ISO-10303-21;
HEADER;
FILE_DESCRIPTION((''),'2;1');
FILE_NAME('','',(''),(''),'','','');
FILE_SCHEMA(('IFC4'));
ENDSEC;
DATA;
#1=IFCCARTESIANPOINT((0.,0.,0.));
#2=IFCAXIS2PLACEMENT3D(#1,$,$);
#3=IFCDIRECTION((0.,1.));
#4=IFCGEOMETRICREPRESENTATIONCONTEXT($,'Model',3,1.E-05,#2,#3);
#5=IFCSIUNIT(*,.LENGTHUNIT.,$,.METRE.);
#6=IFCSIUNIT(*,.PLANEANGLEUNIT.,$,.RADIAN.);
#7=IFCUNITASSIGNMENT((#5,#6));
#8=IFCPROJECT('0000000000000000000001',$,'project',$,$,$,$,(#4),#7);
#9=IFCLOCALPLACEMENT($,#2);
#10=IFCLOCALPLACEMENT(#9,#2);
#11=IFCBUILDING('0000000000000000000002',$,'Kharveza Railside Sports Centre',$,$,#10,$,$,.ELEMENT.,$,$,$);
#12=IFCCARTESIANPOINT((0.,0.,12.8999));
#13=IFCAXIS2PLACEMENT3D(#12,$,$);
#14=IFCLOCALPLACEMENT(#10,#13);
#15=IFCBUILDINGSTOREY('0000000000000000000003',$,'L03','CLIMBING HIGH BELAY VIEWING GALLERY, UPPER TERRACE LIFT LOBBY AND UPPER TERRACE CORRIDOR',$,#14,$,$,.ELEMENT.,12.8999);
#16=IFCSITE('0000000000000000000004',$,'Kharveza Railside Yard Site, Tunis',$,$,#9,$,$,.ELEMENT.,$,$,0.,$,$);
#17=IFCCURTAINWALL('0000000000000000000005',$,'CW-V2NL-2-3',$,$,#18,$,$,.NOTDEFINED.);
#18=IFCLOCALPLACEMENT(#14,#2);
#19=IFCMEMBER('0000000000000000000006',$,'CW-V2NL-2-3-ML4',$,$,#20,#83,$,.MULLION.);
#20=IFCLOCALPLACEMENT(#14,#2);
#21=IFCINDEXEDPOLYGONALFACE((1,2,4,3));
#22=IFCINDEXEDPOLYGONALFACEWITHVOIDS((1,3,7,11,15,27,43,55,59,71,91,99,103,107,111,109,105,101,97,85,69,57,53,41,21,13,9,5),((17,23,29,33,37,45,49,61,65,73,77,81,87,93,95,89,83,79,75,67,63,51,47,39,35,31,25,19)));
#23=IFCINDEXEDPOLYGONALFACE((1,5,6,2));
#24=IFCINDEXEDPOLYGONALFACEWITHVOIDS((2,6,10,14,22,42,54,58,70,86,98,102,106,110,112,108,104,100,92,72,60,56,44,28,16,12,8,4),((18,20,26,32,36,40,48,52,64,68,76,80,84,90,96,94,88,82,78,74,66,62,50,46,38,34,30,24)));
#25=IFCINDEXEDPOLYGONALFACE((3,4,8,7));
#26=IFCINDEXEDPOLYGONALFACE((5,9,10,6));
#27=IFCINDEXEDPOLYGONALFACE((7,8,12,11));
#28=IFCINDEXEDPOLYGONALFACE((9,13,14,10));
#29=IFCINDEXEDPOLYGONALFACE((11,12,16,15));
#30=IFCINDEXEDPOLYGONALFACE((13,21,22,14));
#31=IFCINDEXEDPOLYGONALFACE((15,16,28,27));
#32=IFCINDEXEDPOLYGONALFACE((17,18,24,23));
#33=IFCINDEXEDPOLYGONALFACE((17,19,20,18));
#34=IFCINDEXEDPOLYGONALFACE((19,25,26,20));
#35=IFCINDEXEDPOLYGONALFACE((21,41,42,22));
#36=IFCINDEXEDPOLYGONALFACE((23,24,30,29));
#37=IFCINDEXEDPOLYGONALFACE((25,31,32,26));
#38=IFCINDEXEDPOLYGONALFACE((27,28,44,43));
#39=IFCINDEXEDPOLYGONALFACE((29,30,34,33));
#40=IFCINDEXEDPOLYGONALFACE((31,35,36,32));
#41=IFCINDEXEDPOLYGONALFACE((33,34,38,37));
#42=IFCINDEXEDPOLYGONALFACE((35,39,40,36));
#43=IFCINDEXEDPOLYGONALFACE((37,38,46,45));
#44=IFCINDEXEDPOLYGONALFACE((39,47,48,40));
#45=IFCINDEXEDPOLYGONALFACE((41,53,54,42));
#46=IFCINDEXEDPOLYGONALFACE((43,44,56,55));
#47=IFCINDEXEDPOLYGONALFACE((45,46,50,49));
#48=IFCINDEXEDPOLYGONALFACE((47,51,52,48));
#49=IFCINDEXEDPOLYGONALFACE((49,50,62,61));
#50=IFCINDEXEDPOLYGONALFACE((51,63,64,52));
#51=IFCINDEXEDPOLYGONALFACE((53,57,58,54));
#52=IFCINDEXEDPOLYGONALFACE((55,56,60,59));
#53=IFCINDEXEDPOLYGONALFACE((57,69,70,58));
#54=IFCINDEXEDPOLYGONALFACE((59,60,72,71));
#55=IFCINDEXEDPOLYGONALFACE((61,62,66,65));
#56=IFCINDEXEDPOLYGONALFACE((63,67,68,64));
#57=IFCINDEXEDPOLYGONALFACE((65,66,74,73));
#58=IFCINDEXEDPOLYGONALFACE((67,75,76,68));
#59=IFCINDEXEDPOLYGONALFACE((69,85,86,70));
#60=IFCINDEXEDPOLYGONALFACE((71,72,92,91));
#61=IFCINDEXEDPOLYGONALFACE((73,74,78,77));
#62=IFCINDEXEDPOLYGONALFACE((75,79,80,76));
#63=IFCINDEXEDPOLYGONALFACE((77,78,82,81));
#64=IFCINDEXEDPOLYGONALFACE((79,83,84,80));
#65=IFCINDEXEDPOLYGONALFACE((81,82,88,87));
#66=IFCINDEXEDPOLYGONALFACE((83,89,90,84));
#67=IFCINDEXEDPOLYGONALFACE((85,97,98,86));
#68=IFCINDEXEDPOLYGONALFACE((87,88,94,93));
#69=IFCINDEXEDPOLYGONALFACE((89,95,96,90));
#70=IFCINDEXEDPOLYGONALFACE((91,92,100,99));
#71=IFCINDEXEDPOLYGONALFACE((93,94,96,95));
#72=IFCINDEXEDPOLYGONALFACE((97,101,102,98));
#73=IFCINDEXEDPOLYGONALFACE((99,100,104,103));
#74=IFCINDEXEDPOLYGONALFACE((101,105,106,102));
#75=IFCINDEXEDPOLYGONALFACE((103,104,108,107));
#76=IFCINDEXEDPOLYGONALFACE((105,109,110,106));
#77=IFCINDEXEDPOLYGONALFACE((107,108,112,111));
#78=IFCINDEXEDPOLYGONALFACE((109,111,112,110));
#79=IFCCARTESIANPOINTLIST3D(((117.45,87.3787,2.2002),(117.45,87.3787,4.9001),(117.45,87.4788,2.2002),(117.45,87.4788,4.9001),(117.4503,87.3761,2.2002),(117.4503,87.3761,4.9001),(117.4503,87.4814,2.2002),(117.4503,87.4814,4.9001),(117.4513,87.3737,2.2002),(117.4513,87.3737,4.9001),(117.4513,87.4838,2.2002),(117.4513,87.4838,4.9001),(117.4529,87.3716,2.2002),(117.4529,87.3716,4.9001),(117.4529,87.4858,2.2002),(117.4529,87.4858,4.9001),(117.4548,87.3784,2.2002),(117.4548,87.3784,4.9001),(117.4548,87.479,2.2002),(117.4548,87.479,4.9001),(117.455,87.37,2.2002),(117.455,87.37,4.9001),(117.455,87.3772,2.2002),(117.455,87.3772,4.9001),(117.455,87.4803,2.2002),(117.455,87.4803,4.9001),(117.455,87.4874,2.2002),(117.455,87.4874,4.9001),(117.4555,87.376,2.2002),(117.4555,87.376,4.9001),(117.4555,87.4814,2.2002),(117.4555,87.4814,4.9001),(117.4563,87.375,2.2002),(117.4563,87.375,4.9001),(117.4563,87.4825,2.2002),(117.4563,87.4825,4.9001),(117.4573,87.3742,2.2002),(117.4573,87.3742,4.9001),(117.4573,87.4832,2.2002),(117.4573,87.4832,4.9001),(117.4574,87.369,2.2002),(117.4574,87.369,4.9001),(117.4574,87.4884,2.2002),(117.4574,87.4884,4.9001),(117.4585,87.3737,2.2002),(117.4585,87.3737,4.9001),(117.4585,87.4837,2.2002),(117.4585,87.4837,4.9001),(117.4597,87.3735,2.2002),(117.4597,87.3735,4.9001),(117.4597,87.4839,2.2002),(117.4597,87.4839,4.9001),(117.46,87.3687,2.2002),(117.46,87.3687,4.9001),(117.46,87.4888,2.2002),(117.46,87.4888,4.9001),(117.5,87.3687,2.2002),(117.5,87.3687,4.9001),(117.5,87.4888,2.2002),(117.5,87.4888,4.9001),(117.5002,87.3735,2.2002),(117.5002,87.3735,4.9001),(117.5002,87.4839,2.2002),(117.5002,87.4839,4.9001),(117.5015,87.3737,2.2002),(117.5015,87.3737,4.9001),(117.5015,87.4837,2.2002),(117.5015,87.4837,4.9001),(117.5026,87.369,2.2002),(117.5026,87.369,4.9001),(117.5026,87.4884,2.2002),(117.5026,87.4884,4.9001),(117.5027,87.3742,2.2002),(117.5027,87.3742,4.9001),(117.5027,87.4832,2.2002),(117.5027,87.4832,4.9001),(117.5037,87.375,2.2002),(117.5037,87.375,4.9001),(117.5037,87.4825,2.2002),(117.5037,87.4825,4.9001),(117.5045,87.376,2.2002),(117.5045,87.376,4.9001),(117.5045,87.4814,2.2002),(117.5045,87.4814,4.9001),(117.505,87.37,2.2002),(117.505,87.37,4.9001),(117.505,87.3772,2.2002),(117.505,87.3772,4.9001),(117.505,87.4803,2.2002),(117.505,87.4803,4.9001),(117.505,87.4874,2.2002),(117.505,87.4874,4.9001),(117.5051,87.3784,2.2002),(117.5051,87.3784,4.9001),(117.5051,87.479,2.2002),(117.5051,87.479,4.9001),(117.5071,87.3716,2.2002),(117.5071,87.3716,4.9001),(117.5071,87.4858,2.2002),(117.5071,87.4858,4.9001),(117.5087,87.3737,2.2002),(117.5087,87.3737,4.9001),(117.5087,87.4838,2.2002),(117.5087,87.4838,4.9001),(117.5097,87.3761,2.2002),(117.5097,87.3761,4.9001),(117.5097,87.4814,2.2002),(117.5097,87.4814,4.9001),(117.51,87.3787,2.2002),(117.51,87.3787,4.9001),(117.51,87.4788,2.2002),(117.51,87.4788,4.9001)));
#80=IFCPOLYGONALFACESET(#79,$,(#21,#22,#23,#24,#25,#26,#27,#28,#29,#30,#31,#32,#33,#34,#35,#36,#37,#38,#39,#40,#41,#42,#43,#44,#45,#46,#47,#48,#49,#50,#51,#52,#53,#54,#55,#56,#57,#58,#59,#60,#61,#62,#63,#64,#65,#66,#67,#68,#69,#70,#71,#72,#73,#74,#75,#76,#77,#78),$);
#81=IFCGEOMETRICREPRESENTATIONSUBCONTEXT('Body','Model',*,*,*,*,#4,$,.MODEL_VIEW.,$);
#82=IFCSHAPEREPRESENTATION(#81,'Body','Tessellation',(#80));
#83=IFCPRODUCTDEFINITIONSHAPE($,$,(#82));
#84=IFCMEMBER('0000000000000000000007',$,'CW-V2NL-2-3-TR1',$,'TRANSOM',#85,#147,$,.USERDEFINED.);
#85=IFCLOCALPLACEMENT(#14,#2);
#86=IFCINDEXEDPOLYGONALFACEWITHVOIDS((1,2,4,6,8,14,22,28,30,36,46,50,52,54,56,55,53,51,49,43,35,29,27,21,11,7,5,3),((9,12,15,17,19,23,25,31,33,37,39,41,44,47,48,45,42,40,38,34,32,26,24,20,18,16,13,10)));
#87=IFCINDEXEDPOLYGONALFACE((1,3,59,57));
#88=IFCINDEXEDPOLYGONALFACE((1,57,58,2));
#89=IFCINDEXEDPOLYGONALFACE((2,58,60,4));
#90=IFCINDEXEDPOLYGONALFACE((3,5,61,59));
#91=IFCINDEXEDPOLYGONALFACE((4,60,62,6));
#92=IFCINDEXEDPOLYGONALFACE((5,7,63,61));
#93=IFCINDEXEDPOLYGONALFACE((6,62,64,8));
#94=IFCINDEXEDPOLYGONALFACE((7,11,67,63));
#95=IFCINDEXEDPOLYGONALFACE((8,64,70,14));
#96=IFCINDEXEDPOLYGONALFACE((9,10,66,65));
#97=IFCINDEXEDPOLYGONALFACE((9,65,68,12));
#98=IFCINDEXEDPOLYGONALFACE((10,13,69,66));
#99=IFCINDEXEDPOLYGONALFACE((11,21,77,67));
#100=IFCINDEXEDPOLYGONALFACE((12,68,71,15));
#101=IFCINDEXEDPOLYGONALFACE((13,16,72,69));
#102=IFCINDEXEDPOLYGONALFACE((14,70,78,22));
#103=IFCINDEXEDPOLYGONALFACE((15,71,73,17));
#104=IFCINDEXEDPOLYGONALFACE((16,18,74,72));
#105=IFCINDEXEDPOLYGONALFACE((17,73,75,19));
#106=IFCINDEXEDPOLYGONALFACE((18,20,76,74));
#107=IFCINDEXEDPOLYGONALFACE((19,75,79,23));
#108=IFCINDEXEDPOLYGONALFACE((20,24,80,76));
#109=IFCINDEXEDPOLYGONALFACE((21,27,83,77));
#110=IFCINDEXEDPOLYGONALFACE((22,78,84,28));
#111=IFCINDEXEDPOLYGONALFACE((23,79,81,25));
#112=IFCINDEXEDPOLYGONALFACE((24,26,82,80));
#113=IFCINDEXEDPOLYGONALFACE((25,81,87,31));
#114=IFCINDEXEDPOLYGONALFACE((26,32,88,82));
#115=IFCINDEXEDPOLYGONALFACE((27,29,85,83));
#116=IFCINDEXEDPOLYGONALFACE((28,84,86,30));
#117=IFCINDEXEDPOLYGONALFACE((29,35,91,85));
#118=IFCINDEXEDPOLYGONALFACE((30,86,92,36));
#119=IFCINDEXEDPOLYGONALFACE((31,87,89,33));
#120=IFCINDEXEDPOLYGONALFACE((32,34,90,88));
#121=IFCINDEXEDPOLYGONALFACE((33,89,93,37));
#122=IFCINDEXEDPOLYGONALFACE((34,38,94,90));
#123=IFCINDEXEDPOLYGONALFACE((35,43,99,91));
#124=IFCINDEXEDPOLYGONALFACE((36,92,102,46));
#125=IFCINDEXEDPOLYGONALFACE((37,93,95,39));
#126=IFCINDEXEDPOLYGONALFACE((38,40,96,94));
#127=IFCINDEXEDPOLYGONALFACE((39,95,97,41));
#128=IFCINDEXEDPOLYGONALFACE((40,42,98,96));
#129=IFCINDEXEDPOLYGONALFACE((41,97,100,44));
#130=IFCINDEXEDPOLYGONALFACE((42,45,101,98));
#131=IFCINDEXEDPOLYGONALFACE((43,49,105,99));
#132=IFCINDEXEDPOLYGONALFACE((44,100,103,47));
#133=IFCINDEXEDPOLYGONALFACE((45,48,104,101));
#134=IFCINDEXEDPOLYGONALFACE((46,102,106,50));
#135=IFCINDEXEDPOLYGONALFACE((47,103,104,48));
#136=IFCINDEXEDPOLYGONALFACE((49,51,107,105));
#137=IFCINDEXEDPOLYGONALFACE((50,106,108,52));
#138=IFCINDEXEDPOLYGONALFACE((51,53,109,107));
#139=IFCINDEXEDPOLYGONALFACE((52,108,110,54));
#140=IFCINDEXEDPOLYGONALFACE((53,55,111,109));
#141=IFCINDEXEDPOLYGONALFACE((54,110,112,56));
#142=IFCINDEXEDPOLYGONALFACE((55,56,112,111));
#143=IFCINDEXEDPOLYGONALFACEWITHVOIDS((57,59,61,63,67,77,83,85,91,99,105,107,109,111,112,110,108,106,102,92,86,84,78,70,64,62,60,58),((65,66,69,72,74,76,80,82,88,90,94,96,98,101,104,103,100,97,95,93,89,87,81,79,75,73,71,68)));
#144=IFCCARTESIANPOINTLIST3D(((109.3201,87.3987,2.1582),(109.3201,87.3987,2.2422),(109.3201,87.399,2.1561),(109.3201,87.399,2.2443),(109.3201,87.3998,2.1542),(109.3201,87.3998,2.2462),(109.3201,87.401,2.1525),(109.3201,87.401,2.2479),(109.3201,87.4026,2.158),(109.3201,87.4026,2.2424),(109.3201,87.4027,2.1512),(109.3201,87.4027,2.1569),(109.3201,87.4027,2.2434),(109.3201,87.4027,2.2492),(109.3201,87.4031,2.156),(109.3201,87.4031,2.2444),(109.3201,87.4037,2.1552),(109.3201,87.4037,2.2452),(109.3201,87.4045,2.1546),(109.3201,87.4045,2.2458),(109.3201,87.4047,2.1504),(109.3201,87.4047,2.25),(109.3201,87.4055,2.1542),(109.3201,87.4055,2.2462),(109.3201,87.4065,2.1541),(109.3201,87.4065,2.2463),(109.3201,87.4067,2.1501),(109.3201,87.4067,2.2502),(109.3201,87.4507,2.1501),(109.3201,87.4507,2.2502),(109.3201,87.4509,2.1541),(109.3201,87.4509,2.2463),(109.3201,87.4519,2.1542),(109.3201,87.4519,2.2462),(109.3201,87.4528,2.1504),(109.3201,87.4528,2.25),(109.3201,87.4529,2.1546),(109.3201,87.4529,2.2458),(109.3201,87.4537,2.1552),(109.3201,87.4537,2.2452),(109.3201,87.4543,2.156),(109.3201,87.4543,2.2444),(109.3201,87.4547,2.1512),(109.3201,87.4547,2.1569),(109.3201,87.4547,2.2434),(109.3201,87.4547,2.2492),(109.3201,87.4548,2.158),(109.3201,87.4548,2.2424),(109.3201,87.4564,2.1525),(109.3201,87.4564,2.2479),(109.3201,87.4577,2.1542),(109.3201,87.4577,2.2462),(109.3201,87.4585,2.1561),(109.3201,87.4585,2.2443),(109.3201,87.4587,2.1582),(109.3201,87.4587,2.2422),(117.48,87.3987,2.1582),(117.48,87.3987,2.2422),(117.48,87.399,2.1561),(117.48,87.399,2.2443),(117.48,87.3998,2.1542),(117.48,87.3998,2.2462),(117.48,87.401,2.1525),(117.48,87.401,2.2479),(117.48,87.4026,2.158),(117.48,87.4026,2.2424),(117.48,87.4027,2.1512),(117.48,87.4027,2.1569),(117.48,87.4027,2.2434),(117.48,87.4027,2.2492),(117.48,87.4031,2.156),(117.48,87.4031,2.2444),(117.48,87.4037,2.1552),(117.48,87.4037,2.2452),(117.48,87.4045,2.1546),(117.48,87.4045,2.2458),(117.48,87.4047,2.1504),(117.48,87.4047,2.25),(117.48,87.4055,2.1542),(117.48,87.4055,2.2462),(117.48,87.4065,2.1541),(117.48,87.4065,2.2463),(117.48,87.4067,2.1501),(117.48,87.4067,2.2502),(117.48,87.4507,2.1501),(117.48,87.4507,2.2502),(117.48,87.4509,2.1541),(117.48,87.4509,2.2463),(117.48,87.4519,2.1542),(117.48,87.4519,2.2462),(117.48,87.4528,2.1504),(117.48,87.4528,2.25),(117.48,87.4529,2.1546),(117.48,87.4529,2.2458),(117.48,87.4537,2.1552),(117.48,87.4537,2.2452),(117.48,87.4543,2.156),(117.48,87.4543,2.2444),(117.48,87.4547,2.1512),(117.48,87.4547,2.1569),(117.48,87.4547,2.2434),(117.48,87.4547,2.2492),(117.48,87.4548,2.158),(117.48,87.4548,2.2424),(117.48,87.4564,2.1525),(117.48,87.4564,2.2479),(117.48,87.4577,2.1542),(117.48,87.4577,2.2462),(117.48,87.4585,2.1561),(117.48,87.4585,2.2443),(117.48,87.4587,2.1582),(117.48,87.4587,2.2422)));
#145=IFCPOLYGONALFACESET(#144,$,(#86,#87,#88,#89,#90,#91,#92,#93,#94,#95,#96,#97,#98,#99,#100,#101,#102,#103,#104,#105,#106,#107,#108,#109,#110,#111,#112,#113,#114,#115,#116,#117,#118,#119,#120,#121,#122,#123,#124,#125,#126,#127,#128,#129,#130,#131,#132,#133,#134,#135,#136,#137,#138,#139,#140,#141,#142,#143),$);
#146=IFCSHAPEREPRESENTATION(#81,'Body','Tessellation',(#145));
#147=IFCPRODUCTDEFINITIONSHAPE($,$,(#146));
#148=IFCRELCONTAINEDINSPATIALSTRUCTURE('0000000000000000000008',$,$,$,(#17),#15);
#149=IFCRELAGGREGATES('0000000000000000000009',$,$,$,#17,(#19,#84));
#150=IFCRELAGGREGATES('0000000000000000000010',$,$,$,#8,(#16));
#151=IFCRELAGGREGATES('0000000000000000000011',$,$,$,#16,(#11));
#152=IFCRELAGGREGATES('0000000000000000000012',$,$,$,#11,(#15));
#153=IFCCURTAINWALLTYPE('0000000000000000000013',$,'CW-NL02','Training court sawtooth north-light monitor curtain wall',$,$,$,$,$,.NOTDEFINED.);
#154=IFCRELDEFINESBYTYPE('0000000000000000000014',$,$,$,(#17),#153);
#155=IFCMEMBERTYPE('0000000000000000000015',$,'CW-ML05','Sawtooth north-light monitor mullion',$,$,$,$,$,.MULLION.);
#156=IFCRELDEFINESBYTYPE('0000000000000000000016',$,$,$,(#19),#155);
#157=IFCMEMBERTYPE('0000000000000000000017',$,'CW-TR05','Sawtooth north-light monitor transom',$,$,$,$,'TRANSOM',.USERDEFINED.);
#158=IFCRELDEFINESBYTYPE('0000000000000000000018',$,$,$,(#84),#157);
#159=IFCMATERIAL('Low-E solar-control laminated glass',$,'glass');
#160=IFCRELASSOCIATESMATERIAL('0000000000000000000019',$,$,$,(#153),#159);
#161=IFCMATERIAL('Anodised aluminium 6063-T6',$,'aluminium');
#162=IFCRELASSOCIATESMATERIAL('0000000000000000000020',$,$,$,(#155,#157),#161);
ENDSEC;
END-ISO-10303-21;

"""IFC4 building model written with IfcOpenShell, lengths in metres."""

from ifc_helpers import new_model, si_unit, direction, frame, origin, origin_2d, place, context, subcontext, project, spatial, hollow_rectangle, extrude, material, material_profile, profile_set, type_object, element, aggregate, save


model = new_model("IFC4")

# Units and contexts
model_context = context("Model", 3, precision=1e-05, world=origin(), true_north=direction((0.0, 1.0)))
body_context = subcontext(model_context, "Body", "Model", "MODEL_VIEW")
ifc_project = project(units=[si_unit("LENGTHUNIT", "METRE"), si_unit("PLANEANGLEUNIT", "RADIAN")], contexts=[model_context])

# Site, building, storey
site_placement = place(None, origin())
site = spatial("IfcSite", under=ifc_project, at=site_placement, Name="Kharveza Railside Yard Site, Tunis", CompositionType="ELEMENT", RefElevation=0.0)
building_placement = place(site_placement, origin())
building = spatial("IfcBuilding", under=site, at=building_placement, Name="Kharveza Railside Sports Centre", CompositionType="ELEMENT")
storey_placement = place(building_placement, frame((0.0, 0.0, 12.8999)))
storey = spatial("IfcBuildingStorey", under=building, at=storey_placement, Name="L03", Description="CLIMBING HIGH BELAY VIEWING GALLERY, UPPER TERRACE LIFT LOBBY AND UPPER TERRACE CORRIDOR", CompositionType="ELEMENT", Elevation=12.8999)

# Curtain wall, members
ifc_material_1 = material(Name="Low-E solar-control laminated glass", Category="glass")
curtain_wall_type = type_object("IfcCurtainWallType", Name="CW-NL02", Description="Training court sawtooth north-light monitor curtain wall", PredefinedType="NOTDEFINED", material=ifc_material_1)
curtain_wall_placement = place(storey_placement, origin())
curtain_wall = element("IfcCurtainWall", 1, at=curtain_wall_placement, inside=storey, type_object=curtain_wall_type, Name="CW-V2NL-2-3", PredefinedType="NOTDEFINED")
ifc_material_2 = material(Name="Anodised aluminium 6063-T6", Category="aluminium")
ifc_material_profile_1 = material_profile(ifc_material_2, hollow_rectangle(XDim=0.0601, YDim=0.1201, WallThickness=0.0049, InnerFilletRadius=0.0049, OuterFilletRadius=0.01, at=origin_2d()), Name="RHS 60x120x5.0")
ifc_profile_set_1 = profile_set([ifc_material_profile_1], Name="Anodised aluminium 6063-T6")
member_type_1 = type_object("IfcMemberType", Name="CW-ML05", Description="Sawtooth north-light monitor mullion", PredefinedType="MULLION", material=ifc_profile_set_1)
member_1_placement = place(storey_placement, frame((117.48, 87.4287, 2.2002), z_axis=(0.0, 0.0, 1.0), x_axis=(1.0, 0.0, 0.0)))
member_1 = element("IfcMember", 2, at=member_1_placement, type_object=member_type_1, Name="CW-V2NL-2-3-ML4", PredefinedType="MULLION", context=body_context, shape_type="SweptSolid", body=[
    extrude(hollow_rectangle(XDim=0.0601, YDim=0.1201, WallThickness=0.0049, InnerFilletRadius=0.0049, OuterFilletRadius=0.01, at=origin_2d()), origin(), (0.0, 0.0, 1.0), 2.7),
])
ifc_material_profile_2 = material_profile(ifc_material_2, hollow_rectangle(XDim=0.0601, YDim=0.1001, WallThickness=0.0039, InnerFilletRadius=0.0039, OuterFilletRadius=0.0081, at=origin_2d()), Name="RHS 60x100x4.0")
ifc_profile_set_2 = profile_set([ifc_material_profile_2], Name="Anodised aluminium 6063-T6")
member_type_2 = type_object("IfcMemberType", Name="CW-TR05", Description="Sawtooth north-light monitor transom", ElementType="TRANSOM", PredefinedType="USERDEFINED", material=ifc_profile_set_2)
member_2_placement = place(storey_placement, frame((109.3201, 87.4287, 2.2002), z_axis=(1.0, 0.0, 0.0), x_axis=(0.0, 1.0, 0.0)))
member_2 = element("IfcMember", 3, at=member_2_placement, type_object=member_type_2, Name="CW-V2NL-2-3-TR1", ObjectType="TRANSOM", PredefinedType="USERDEFINED", context=body_context, shape_type="SweptSolid", body=[
    extrude(hollow_rectangle(XDim=0.0601, YDim=0.1001, WallThickness=0.0039, InnerFilletRadius=0.0039, OuterFilletRadius=0.0081, at=origin_2d()), origin(), (0.0, 0.0, 1.0), 8.1599),
])

aggregate(curtain_wall, [member_1, member_2])

save(model, "model.ifc")
